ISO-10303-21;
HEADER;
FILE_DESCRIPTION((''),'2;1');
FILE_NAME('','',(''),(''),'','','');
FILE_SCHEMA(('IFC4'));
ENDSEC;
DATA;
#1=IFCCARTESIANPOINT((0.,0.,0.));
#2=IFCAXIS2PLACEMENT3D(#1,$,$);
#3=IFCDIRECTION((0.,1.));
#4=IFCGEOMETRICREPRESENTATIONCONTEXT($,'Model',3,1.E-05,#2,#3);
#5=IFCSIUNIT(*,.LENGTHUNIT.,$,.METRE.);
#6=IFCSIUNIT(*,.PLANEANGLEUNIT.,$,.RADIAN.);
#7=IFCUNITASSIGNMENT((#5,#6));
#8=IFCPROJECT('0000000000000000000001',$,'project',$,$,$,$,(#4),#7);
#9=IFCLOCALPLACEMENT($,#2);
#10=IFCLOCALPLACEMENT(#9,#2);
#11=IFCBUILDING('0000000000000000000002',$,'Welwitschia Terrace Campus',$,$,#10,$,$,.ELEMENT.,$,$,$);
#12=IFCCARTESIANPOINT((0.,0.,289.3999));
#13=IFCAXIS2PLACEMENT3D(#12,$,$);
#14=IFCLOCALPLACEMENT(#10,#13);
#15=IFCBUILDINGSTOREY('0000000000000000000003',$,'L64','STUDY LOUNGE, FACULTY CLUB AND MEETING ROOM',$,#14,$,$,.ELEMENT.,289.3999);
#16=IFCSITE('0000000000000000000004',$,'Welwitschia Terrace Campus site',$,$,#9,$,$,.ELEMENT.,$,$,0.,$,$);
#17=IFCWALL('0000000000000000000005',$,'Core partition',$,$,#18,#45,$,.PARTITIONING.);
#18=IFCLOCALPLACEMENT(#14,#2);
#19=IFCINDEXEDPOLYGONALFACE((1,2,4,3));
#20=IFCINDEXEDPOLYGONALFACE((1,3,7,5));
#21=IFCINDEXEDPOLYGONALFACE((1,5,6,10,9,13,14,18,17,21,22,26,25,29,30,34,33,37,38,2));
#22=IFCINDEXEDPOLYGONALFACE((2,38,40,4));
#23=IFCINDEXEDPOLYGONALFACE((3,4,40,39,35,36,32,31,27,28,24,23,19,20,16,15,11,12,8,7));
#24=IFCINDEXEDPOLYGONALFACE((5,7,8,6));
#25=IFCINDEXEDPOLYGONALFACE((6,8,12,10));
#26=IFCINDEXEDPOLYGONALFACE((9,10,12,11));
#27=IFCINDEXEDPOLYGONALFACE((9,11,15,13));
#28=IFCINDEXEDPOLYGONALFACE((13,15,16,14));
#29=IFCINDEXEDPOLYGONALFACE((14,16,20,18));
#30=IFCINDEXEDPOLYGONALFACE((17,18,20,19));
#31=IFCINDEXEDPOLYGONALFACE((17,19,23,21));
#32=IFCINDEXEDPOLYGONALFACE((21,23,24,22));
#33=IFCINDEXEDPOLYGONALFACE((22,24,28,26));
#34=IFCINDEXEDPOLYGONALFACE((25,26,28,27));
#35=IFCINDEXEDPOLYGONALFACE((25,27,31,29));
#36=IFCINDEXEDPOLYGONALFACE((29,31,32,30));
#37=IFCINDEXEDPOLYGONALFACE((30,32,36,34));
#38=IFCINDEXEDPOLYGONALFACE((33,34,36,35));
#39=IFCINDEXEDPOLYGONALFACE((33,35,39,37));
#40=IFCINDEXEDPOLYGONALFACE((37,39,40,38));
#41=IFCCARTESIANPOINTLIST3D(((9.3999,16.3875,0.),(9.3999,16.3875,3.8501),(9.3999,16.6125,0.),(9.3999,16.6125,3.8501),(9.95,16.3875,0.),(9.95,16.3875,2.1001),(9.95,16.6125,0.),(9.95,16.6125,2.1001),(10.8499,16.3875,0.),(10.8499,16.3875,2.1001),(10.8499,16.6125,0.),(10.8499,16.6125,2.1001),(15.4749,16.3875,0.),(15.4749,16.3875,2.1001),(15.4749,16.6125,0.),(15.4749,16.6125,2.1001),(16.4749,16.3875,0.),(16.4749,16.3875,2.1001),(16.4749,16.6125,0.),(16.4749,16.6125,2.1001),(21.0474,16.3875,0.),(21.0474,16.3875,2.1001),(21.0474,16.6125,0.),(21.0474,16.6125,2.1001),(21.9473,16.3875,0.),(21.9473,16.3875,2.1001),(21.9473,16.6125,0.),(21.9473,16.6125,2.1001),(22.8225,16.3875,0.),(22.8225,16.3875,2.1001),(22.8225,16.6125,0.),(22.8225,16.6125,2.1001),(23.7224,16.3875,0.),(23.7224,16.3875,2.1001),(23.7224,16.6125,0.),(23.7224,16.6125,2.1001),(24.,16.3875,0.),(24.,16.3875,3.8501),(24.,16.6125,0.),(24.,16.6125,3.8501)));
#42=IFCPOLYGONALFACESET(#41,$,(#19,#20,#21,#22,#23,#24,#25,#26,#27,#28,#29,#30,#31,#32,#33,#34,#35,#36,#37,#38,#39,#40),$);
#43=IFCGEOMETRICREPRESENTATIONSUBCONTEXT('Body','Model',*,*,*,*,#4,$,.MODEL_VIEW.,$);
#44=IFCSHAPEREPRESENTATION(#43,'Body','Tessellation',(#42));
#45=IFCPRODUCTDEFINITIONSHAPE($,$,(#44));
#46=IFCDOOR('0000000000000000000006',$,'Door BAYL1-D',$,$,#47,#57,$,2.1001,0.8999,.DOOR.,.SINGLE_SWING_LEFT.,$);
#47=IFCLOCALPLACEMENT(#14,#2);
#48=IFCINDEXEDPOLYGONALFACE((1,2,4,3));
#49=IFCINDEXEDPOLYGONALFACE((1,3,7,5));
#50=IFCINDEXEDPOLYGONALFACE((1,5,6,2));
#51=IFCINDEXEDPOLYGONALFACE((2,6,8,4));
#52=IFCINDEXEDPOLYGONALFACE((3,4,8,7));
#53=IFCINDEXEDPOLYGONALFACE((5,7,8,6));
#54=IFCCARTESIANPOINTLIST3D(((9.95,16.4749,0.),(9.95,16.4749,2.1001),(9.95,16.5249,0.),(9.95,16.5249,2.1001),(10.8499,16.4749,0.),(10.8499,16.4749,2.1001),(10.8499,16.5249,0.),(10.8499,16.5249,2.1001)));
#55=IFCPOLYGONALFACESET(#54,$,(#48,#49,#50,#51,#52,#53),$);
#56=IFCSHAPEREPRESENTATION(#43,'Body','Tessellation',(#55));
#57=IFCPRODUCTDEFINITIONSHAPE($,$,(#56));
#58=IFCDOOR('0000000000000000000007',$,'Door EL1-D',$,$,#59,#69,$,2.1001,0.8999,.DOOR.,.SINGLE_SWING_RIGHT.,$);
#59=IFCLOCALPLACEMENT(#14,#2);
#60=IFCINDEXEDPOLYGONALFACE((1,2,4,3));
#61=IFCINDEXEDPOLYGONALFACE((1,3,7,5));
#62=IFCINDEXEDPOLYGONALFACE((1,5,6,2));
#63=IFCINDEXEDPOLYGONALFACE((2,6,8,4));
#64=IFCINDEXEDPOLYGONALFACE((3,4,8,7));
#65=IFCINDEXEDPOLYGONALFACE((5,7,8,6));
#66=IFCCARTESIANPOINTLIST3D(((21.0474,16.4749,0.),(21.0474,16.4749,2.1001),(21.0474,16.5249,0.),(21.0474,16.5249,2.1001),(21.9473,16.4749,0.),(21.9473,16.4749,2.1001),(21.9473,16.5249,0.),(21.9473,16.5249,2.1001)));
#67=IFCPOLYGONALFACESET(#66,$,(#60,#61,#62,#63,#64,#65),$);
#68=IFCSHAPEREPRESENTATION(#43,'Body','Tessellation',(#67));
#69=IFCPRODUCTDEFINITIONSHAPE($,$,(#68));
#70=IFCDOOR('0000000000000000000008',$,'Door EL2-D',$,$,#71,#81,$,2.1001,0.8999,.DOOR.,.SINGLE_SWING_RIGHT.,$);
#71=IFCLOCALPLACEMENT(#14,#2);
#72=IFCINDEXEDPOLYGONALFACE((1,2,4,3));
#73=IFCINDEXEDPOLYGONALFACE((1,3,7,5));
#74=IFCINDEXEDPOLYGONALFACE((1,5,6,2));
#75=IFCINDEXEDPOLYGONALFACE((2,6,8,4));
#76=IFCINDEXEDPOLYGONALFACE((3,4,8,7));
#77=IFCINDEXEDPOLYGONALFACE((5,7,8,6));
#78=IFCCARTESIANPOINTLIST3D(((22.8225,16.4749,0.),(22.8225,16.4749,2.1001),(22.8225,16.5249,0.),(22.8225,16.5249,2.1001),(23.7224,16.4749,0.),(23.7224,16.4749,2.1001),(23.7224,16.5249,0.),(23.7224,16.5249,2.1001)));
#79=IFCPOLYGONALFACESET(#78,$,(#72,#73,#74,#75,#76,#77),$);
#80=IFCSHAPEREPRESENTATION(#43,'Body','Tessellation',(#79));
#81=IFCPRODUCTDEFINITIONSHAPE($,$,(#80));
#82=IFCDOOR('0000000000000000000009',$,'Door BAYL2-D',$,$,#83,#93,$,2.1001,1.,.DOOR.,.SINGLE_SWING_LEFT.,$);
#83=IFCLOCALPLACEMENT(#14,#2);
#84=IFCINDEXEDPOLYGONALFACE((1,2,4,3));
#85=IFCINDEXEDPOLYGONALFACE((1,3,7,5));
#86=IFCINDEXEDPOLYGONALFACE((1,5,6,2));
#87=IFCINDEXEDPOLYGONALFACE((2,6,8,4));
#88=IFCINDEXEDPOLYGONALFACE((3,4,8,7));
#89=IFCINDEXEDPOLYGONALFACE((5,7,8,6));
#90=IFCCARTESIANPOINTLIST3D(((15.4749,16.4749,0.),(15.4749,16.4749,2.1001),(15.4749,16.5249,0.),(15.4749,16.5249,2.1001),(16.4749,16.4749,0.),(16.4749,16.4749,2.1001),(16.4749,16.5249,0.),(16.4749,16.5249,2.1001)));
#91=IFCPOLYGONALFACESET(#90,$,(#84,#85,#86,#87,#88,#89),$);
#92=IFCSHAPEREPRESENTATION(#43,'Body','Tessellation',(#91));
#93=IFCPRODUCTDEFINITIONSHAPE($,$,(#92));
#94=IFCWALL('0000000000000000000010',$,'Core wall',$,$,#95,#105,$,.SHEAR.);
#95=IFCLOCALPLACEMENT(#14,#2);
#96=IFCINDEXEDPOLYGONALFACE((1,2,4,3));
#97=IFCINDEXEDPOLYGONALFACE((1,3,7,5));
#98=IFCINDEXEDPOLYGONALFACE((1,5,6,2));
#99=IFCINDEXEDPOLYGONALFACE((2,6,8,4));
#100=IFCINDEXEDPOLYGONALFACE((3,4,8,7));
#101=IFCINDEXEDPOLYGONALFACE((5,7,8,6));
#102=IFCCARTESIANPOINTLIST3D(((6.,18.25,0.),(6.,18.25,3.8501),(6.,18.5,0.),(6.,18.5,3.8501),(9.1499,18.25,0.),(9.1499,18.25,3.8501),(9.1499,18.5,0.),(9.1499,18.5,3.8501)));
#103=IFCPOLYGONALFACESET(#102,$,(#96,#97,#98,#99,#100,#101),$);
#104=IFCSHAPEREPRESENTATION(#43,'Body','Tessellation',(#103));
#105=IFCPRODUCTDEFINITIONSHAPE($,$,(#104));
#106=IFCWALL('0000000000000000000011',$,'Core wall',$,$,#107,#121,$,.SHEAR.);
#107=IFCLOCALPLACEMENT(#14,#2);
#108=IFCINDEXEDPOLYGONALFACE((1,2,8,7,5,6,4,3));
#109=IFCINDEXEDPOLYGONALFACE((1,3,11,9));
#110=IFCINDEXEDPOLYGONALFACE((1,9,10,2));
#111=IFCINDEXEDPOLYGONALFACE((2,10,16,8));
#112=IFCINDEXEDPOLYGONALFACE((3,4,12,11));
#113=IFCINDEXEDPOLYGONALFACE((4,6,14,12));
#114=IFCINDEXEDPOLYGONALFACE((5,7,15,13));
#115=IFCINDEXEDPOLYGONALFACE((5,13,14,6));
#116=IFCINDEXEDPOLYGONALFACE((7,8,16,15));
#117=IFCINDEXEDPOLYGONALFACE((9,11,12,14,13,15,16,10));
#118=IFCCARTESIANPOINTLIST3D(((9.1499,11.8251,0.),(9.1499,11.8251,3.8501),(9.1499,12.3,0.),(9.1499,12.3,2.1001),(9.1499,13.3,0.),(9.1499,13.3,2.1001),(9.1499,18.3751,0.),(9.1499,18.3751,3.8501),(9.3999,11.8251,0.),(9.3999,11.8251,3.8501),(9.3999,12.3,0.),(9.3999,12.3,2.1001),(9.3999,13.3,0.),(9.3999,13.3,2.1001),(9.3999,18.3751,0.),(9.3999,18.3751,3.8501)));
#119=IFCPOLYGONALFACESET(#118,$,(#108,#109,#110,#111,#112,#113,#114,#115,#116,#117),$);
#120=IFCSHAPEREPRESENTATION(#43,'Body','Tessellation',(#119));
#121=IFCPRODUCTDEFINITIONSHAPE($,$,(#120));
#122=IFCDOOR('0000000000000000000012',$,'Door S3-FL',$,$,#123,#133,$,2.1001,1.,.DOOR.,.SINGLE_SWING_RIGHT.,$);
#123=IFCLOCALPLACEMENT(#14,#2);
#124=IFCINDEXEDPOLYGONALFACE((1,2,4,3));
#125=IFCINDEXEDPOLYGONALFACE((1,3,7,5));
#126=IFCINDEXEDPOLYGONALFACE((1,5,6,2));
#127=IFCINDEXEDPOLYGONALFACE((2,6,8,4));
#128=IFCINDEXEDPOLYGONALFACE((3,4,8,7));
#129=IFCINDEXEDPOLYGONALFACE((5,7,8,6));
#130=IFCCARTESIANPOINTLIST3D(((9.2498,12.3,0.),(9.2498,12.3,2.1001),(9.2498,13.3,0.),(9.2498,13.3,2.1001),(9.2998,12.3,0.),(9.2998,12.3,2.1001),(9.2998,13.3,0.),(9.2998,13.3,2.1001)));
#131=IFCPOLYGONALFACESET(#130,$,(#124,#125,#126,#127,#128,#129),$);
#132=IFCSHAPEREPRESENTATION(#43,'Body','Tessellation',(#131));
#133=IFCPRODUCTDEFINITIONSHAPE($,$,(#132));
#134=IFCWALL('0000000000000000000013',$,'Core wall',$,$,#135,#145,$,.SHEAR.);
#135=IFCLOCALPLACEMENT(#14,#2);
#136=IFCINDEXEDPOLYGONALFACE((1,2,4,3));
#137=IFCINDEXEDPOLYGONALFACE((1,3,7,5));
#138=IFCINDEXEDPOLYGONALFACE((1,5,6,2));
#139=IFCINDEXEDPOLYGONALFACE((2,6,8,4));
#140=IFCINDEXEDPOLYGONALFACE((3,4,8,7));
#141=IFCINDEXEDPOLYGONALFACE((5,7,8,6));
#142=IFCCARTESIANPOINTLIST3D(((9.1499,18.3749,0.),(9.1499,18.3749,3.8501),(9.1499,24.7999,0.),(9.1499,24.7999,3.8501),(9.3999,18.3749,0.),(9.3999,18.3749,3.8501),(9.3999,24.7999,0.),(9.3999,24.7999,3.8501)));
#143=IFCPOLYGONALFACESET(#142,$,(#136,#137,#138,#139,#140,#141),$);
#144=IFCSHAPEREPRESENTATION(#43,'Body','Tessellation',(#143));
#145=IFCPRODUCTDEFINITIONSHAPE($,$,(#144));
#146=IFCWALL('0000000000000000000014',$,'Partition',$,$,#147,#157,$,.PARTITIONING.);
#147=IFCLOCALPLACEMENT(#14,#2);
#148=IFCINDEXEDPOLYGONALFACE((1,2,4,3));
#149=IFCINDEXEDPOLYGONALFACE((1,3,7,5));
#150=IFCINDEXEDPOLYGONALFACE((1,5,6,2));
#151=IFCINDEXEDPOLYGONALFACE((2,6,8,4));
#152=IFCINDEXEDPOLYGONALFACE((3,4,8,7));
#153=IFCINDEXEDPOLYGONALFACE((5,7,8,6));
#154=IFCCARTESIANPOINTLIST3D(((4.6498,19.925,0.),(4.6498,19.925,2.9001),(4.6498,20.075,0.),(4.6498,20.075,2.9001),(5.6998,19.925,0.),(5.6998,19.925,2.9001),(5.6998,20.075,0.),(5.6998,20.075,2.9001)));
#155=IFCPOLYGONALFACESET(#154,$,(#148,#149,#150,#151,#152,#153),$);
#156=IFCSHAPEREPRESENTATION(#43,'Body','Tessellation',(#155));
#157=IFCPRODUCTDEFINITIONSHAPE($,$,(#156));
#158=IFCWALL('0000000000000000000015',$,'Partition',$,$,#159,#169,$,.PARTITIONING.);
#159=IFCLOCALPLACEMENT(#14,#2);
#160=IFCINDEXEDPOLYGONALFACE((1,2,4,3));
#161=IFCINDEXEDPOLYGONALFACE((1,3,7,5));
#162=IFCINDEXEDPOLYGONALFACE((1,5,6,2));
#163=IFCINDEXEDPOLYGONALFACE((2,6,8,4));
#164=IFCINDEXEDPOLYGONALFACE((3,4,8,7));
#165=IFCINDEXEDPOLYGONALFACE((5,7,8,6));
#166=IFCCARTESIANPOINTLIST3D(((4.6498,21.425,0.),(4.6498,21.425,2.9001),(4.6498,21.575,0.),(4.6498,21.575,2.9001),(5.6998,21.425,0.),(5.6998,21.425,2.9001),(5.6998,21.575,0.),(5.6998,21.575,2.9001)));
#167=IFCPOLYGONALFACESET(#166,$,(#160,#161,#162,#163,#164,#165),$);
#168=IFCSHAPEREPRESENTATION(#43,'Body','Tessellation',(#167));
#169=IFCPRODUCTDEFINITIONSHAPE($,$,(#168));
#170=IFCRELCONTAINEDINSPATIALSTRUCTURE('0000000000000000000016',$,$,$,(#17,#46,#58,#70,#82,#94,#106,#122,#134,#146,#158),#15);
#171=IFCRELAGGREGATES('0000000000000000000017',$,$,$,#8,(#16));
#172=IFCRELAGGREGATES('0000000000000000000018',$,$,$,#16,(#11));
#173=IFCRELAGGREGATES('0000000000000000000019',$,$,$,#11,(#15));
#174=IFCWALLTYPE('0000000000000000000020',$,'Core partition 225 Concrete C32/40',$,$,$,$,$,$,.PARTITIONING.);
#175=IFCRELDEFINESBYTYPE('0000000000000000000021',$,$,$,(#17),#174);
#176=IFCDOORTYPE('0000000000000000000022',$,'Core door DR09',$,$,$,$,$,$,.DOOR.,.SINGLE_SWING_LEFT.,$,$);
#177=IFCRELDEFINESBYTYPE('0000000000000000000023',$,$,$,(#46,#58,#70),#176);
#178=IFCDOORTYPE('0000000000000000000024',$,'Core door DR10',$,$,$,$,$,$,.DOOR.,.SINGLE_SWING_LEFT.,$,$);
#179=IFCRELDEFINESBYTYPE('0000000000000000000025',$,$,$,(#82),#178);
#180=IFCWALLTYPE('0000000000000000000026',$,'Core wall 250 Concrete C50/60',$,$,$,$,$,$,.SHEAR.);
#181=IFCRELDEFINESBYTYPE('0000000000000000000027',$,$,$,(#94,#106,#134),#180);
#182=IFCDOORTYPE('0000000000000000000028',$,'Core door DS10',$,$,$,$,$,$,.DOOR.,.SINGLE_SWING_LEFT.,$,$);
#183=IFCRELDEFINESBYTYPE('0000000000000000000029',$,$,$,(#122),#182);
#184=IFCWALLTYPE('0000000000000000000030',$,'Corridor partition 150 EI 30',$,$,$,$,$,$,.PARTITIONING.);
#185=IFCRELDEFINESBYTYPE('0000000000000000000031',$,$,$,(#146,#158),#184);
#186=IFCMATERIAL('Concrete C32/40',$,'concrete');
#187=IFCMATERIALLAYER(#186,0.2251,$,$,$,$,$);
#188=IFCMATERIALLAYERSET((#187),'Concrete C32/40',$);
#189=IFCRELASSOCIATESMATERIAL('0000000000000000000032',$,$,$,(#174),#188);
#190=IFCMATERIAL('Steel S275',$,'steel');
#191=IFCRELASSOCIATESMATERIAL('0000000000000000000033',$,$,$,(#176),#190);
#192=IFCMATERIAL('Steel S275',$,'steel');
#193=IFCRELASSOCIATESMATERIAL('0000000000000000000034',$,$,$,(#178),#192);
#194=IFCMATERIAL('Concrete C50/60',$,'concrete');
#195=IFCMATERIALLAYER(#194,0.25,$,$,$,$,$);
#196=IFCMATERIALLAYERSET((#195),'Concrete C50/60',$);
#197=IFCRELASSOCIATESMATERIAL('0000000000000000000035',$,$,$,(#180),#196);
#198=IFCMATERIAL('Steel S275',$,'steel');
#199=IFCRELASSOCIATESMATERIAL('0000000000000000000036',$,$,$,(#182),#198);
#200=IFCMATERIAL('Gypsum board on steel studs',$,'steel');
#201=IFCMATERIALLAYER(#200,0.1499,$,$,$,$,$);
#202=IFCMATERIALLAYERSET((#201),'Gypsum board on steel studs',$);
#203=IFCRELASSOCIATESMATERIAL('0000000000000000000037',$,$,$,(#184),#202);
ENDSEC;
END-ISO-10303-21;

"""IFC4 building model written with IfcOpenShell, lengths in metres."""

from ifc_helpers import new_model, si_unit, direction, frame, frame_2d, origin, place, context, subcontext, project, spatial, rectangle, extrude, material, layer, layer_set, type_object, element, fill, save


model = new_model("IFC4")

# Units and contexts
model_context = context("Model", 3, precision=1e-05, world=origin(), true_north=direction((0.0, 1.0)))
body_context = subcontext(model_context, "Body", "Model", "MODEL_VIEW")
ifc_project = project(units=[si_unit("LENGTHUNIT", "METRE"), si_unit("PLANEANGLEUNIT", "RADIAN")], contexts=[model_context])

# Site, building, storey
site_placement = place(None, origin())
site = spatial("IfcSite", under=ifc_project, at=site_placement, Name="Welwitschia Terrace Campus site", CompositionType="ELEMENT", RefElevation=0.0)
building_placement = place(site_placement, origin())
building = spatial("IfcBuilding", under=site, at=building_placement, Name="Welwitschia Terrace Campus", CompositionType="ELEMENT")
storey_placement = place(building_placement, frame((0.0, 0.0, 289.3999)))
storey = spatial("IfcBuildingStorey", under=building, at=storey_placement, Name="L64", Description="STUDY LOUNGE, FACULTY CLUB AND MEETING ROOM", CompositionType="ELEMENT", Elevation=289.3999)

# Shared definitions
ifc_material_1 = material(Name="Concrete C32/40", Category="concrete")
ifc_layer_1 = layer(ifc_material_1, 0.2251)
ifc_layer_set_1 = layer_set([ifc_layer_1], Name="Concrete C32/40")
wall_type_1 = type_object("IfcWallType", Name="Core partition 225 Concrete C32/40", PredefinedType="PARTITIONING", material=ifc_layer_set_1)

# Wall, openings, doors
wall_1_placement = place(storey_placement, frame((9.3999, 16.5, 0.0), z_axis=(0.0, 0.0, 1.0), x_axis=(1.0, 0.0, 0.0)))
wall_1 = element("IfcWall", 1, at=wall_1_placement, inside=storey, type_object=wall_type_1, Name="Core partition", PredefinedType="PARTITIONING", context=body_context, shape_type="SweptSolid", body=[
    extrude(rectangle(XDim=14.6001, YDim=0.2251, at=frame_2d((7.3, 0.0))), origin(), (0.0, 0.0, 1.0), 3.8501),
])
opening_1_placement = place(wall_1_placement, frame((0.55, 0.0, 0.0)))
opening_1 = element("IfcOpeningElement", 2, at=opening_1_placement, cuts=wall_1, PredefinedType="OPENING", context=body_context, shape_type="SweptSolid", body=[
    extrude(rectangle(XDim=0.8999, YDim=2.1001, at=frame_2d((0.45, 1.05))), frame((0.0, 0.1226, 0.0), z_axis=(0.0, -1.0, 0.0), x_axis=(1.0, 0.0, 0.0)), (0.0, 0.0, 1.0), 0.2451),
])
opening_2_placement = place(wall_1_placement, frame((6.075, 0.0, 0.0)))
opening_2 = element("IfcOpeningElement", 3, at=opening_2_placement, cuts=wall_1, PredefinedType="OPENING", context=body_context, shape_type="SweptSolid", body=[
    extrude(rectangle(XDim=1.0, YDim=2.1001, at=frame_2d((0.5, 1.05))), frame((0.0, 0.1226, 0.0), z_axis=(0.0, -1.0, 0.0), x_axis=(1.0, 0.0, 0.0)), (0.0, 0.0, 1.0), 0.2451),
])
opening_3_placement = place(wall_1_placement, frame((11.6475, 0.0, 0.0)))
opening_3 = element("IfcOpeningElement", 4, at=opening_3_placement, cuts=wall_1, PredefinedType="OPENING", context=body_context, shape_type="SweptSolid", body=[
    extrude(rectangle(XDim=0.8999, YDim=2.1001, at=frame_2d((0.45, 1.05))), frame((0.0, 0.1226, 0.0), z_axis=(0.0, -1.0, 0.0), x_axis=(1.0, 0.0, 0.0)), (0.0, 0.0, 1.0), 0.2451),
])
opening_4_placement = place(wall_1_placement, frame((13.4226, 0.0, 0.0)))
opening_4 = element("IfcOpeningElement", 5, at=opening_4_placement, cuts=wall_1, PredefinedType="OPENING", context=body_context, shape_type="SweptSolid", body=[
    extrude(rectangle(XDim=0.8999, YDim=2.1001, at=frame_2d((0.45, 1.05))), frame((0.0, 0.1226, 0.0), z_axis=(0.0, -1.0, 0.0), x_axis=(1.0, 0.0, 0.0)), (0.0, 0.0, 1.0), 0.2451),
])
ifc_material_2 = material(Name="Steel S275", Category="steel")
door_type_1 = type_object("IfcDoorType", Name="Core door DR09", OperationType="SINGLE_SWING_LEFT", PredefinedType="DOOR", material=ifc_material_2)
door_1_placement = place(opening_1_placement, origin())
door_1 = element("IfcDoor", 6, at=door_1_placement, inside=storey, type_object=door_type_1, Name="Door BAYL1-D", OperationType="SINGLE_SWING_LEFT", OverallHeight=2.1001, OverallWidth=0.8999, PredefinedType="DOOR", context=body_context, shape_type="SweptSolid", body=[
    extrude(rectangle(XDim=0.8999, YDim=2.1001, at=frame_2d((0.45, 1.05))), frame((0.0, 0.0249, 0.0), z_axis=(0.0, -1.0, 0.0), x_axis=(1.0, 0.0, 0.0)), (0.0, 0.0, 1.0), 0.05),
])
fill(opening_1, door_1)
door_2_placement = place(opening_3_placement, origin())
door_2 = element("IfcDoor", 7, at=door_2_placement, inside=storey, type_object=door_type_1, Name="Door EL1-D", OperationType="SINGLE_SWING_RIGHT", OverallHeight=2.1001, OverallWidth=0.8999, PredefinedType="DOOR", context=body_context, shape_type="SweptSolid", body=[
    extrude(rectangle(XDim=0.8999, YDim=2.1001, at=frame_2d((0.45, 1.05))), frame((0.0, 0.0249, 0.0), z_axis=(0.0, -1.0, 0.0), x_axis=(1.0, 0.0, 0.0)), (0.0, 0.0, 1.0), 0.05),
])
fill(opening_3, door_2)
door_3_placement = place(opening_4_placement, origin())
door_3 = element("IfcDoor", 8, at=door_3_placement, inside=storey, type_object=door_type_1, Name="Door EL2-D", OperationType="SINGLE_SWING_RIGHT", OverallHeight=2.1001, OverallWidth=0.8999, PredefinedType="DOOR", context=body_context, shape_type="SweptSolid", body=[
    extrude(rectangle(XDim=0.8999, YDim=2.1001, at=frame_2d((0.45, 1.05))), frame((0.0, 0.0249, 0.0), z_axis=(0.0, -1.0, 0.0), x_axis=(1.0, 0.0, 0.0)), (0.0, 0.0, 1.0), 0.05),
])
fill(opening_4, door_3)
ifc_material_3 = material(Name="Steel S275", Category="steel")
door_type_2 = type_object("IfcDoorType", Name="Core door DR10", OperationType="SINGLE_SWING_LEFT", PredefinedType="DOOR", material=ifc_material_3)
door_4_placement = place(opening_2_placement, origin())
door_4 = element("IfcDoor", 9, at=door_4_placement, inside=storey, type_object=door_type_2, Name="Door BAYL2-D", OperationType="SINGLE_SWING_LEFT", OverallHeight=2.1001, OverallWidth=1.0, PredefinedType="DOOR", context=body_context, shape_type="SweptSolid", body=[
    extrude(rectangle(XDim=1.0, YDim=2.1001, at=frame_2d((0.5, 1.05))), frame((0.0, 0.0249, 0.0), z_axis=(0.0, -1.0, 0.0), x_axis=(1.0, 0.0, 0.0)), (0.0, 0.0, 1.0), 0.05),
])
fill(opening_2, door_4)

# Wall
ifc_material_4 = material(Name="Concrete C50/60", Category="concrete")
ifc_layer_2 = layer(ifc_material_4, 0.25)
ifc_layer_set_2 = layer_set([ifc_layer_2], Name="Concrete C50/60")
wall_type_2 = type_object("IfcWallType", Name="Core wall 250 Concrete C50/60", PredefinedType="SHEAR", material=ifc_layer_set_2)
wall_2_placement = place(storey_placement, frame((6.0, 18.375, 0.0), z_axis=(0.0, 0.0, 1.0), x_axis=(1.0, 0.0, 0.0)))
element("IfcWall", 10, at=wall_2_placement, inside=storey, type_object=wall_type_2, Name="Core wall", PredefinedType="SHEAR", context=body_context, shape_type="SweptSolid", body=[
    extrude(rectangle(XDim=3.1499, YDim=0.25, at=frame_2d((1.575, 0.0))), origin(), (0.0, 0.0, 1.0), 3.8501),
])

# Wall, opening, door
wall_3_placement = place(storey_placement, frame((9.2749, 18.375, 0.0), z_axis=(0.0, 0.0, 1.0), x_axis=(0.0, -1.0, 0.0)))
wall_3 = element("IfcWall", 11, at=wall_3_placement, inside=storey, type_object=wall_type_2, Name="Core wall", PredefinedType="SHEAR", context=body_context, shape_type="SweptSolid", body=[
    extrude(rectangle(XDim=6.55, YDim=0.25, at=frame_2d((3.2749, 0.0))), origin(), (0.0, 0.0, 1.0), 3.8501),
])
opening_5_placement = place(wall_3_placement, frame((5.075, 0.0, 0.0)))
opening_5 = element("IfcOpeningElement", 12, at=opening_5_placement, cuts=wall_3, PredefinedType="OPENING", context=body_context, shape_type="SweptSolid", body=[
    extrude(rectangle(XDim=1.0, YDim=2.1001, at=frame_2d((0.5, 1.05))), frame((0.0, 0.135, 0.0), z_axis=(0.0, -1.0, 0.0), x_axis=(1.0, 0.0, 0.0)), (0.0, 0.0, 1.0), 0.27),
])
ifc_material_5 = material(Name="Steel S275", Category="steel")
door_type_3 = type_object("IfcDoorType", Name="Core door DS10", OperationType="SINGLE_SWING_LEFT", PredefinedType="DOOR", material=ifc_material_5)
door_5_placement = place(opening_5_placement, origin())
door_5 = element("IfcDoor", 13, at=door_5_placement, inside=storey, type_object=door_type_3, Name="Door S3-FL", OperationType="SINGLE_SWING_RIGHT", OverallHeight=2.1001, OverallWidth=1.0, PredefinedType="DOOR", context=body_context, shape_type="SweptSolid", body=[
    extrude(rectangle(XDim=1.0, YDim=2.1001, at=frame_2d((0.5, 1.05))), frame((0.0, 0.0249, 0.0), z_axis=(0.0, -1.0, 0.0), x_axis=(1.0, 0.0, 0.0)), (0.0, 0.0, 1.0), 0.05),
])
fill(opening_5, door_5)

# Walls
wall_4_placement = place(storey_placement, frame((9.2749, 18.375, 0.0), z_axis=(0.0, 0.0, 1.0), x_axis=(0.0, 1.0, 0.0)))
element("IfcWall", 14, at=wall_4_placement, inside=storey, type_object=wall_type_2, Name="Core wall", PredefinedType="SHEAR", context=body_context, shape_type="SweptSolid", body=[
    extrude(rectangle(XDim=6.425, YDim=0.25, at=frame_2d((3.2124, 0.0))), origin(), (0.0, 0.0, 1.0), 3.8501),
])
ifc_material_6 = material(Name="Gypsum board on steel studs", Category="steel")
ifc_layer_3 = layer(ifc_material_6, 0.1499)
ifc_layer_set_3 = layer_set([ifc_layer_3], Name="Gypsum board on steel studs")
wall_type_3 = type_object("IfcWallType", Name="Corridor partition 150 EI 30", PredefinedType="PARTITIONING", material=ifc_layer_set_3)
for number, where, z_axis, x_axis, name in (
    (15, (4.6499, 20.0, 0.0), (0.0, 0.0, 1.0), (1.0, 0.0, 0.0), "Partition"),
    (16, (4.6499, 21.5, 0.0), (0.0, 0.0, 1.0), (1.0, 0.0, 0.0), "Partition"),
):
    element("IfcWall", number, at=place(storey_placement, frame(where, z_axis=z_axis, x_axis=x_axis)), inside=storey, type_object=wall_type_3, Name=name, PredefinedType="PARTITIONING", context=body_context, shape_type="SweptSolid", body=[
        extrude(rectangle(XDim=1.05, YDim=0.1499, at=frame_2d((0.5249, 0.0))), origin(), (0.0, 0.0, 1.0), 2.9001),
    ])

save(model, "model.ifc")
